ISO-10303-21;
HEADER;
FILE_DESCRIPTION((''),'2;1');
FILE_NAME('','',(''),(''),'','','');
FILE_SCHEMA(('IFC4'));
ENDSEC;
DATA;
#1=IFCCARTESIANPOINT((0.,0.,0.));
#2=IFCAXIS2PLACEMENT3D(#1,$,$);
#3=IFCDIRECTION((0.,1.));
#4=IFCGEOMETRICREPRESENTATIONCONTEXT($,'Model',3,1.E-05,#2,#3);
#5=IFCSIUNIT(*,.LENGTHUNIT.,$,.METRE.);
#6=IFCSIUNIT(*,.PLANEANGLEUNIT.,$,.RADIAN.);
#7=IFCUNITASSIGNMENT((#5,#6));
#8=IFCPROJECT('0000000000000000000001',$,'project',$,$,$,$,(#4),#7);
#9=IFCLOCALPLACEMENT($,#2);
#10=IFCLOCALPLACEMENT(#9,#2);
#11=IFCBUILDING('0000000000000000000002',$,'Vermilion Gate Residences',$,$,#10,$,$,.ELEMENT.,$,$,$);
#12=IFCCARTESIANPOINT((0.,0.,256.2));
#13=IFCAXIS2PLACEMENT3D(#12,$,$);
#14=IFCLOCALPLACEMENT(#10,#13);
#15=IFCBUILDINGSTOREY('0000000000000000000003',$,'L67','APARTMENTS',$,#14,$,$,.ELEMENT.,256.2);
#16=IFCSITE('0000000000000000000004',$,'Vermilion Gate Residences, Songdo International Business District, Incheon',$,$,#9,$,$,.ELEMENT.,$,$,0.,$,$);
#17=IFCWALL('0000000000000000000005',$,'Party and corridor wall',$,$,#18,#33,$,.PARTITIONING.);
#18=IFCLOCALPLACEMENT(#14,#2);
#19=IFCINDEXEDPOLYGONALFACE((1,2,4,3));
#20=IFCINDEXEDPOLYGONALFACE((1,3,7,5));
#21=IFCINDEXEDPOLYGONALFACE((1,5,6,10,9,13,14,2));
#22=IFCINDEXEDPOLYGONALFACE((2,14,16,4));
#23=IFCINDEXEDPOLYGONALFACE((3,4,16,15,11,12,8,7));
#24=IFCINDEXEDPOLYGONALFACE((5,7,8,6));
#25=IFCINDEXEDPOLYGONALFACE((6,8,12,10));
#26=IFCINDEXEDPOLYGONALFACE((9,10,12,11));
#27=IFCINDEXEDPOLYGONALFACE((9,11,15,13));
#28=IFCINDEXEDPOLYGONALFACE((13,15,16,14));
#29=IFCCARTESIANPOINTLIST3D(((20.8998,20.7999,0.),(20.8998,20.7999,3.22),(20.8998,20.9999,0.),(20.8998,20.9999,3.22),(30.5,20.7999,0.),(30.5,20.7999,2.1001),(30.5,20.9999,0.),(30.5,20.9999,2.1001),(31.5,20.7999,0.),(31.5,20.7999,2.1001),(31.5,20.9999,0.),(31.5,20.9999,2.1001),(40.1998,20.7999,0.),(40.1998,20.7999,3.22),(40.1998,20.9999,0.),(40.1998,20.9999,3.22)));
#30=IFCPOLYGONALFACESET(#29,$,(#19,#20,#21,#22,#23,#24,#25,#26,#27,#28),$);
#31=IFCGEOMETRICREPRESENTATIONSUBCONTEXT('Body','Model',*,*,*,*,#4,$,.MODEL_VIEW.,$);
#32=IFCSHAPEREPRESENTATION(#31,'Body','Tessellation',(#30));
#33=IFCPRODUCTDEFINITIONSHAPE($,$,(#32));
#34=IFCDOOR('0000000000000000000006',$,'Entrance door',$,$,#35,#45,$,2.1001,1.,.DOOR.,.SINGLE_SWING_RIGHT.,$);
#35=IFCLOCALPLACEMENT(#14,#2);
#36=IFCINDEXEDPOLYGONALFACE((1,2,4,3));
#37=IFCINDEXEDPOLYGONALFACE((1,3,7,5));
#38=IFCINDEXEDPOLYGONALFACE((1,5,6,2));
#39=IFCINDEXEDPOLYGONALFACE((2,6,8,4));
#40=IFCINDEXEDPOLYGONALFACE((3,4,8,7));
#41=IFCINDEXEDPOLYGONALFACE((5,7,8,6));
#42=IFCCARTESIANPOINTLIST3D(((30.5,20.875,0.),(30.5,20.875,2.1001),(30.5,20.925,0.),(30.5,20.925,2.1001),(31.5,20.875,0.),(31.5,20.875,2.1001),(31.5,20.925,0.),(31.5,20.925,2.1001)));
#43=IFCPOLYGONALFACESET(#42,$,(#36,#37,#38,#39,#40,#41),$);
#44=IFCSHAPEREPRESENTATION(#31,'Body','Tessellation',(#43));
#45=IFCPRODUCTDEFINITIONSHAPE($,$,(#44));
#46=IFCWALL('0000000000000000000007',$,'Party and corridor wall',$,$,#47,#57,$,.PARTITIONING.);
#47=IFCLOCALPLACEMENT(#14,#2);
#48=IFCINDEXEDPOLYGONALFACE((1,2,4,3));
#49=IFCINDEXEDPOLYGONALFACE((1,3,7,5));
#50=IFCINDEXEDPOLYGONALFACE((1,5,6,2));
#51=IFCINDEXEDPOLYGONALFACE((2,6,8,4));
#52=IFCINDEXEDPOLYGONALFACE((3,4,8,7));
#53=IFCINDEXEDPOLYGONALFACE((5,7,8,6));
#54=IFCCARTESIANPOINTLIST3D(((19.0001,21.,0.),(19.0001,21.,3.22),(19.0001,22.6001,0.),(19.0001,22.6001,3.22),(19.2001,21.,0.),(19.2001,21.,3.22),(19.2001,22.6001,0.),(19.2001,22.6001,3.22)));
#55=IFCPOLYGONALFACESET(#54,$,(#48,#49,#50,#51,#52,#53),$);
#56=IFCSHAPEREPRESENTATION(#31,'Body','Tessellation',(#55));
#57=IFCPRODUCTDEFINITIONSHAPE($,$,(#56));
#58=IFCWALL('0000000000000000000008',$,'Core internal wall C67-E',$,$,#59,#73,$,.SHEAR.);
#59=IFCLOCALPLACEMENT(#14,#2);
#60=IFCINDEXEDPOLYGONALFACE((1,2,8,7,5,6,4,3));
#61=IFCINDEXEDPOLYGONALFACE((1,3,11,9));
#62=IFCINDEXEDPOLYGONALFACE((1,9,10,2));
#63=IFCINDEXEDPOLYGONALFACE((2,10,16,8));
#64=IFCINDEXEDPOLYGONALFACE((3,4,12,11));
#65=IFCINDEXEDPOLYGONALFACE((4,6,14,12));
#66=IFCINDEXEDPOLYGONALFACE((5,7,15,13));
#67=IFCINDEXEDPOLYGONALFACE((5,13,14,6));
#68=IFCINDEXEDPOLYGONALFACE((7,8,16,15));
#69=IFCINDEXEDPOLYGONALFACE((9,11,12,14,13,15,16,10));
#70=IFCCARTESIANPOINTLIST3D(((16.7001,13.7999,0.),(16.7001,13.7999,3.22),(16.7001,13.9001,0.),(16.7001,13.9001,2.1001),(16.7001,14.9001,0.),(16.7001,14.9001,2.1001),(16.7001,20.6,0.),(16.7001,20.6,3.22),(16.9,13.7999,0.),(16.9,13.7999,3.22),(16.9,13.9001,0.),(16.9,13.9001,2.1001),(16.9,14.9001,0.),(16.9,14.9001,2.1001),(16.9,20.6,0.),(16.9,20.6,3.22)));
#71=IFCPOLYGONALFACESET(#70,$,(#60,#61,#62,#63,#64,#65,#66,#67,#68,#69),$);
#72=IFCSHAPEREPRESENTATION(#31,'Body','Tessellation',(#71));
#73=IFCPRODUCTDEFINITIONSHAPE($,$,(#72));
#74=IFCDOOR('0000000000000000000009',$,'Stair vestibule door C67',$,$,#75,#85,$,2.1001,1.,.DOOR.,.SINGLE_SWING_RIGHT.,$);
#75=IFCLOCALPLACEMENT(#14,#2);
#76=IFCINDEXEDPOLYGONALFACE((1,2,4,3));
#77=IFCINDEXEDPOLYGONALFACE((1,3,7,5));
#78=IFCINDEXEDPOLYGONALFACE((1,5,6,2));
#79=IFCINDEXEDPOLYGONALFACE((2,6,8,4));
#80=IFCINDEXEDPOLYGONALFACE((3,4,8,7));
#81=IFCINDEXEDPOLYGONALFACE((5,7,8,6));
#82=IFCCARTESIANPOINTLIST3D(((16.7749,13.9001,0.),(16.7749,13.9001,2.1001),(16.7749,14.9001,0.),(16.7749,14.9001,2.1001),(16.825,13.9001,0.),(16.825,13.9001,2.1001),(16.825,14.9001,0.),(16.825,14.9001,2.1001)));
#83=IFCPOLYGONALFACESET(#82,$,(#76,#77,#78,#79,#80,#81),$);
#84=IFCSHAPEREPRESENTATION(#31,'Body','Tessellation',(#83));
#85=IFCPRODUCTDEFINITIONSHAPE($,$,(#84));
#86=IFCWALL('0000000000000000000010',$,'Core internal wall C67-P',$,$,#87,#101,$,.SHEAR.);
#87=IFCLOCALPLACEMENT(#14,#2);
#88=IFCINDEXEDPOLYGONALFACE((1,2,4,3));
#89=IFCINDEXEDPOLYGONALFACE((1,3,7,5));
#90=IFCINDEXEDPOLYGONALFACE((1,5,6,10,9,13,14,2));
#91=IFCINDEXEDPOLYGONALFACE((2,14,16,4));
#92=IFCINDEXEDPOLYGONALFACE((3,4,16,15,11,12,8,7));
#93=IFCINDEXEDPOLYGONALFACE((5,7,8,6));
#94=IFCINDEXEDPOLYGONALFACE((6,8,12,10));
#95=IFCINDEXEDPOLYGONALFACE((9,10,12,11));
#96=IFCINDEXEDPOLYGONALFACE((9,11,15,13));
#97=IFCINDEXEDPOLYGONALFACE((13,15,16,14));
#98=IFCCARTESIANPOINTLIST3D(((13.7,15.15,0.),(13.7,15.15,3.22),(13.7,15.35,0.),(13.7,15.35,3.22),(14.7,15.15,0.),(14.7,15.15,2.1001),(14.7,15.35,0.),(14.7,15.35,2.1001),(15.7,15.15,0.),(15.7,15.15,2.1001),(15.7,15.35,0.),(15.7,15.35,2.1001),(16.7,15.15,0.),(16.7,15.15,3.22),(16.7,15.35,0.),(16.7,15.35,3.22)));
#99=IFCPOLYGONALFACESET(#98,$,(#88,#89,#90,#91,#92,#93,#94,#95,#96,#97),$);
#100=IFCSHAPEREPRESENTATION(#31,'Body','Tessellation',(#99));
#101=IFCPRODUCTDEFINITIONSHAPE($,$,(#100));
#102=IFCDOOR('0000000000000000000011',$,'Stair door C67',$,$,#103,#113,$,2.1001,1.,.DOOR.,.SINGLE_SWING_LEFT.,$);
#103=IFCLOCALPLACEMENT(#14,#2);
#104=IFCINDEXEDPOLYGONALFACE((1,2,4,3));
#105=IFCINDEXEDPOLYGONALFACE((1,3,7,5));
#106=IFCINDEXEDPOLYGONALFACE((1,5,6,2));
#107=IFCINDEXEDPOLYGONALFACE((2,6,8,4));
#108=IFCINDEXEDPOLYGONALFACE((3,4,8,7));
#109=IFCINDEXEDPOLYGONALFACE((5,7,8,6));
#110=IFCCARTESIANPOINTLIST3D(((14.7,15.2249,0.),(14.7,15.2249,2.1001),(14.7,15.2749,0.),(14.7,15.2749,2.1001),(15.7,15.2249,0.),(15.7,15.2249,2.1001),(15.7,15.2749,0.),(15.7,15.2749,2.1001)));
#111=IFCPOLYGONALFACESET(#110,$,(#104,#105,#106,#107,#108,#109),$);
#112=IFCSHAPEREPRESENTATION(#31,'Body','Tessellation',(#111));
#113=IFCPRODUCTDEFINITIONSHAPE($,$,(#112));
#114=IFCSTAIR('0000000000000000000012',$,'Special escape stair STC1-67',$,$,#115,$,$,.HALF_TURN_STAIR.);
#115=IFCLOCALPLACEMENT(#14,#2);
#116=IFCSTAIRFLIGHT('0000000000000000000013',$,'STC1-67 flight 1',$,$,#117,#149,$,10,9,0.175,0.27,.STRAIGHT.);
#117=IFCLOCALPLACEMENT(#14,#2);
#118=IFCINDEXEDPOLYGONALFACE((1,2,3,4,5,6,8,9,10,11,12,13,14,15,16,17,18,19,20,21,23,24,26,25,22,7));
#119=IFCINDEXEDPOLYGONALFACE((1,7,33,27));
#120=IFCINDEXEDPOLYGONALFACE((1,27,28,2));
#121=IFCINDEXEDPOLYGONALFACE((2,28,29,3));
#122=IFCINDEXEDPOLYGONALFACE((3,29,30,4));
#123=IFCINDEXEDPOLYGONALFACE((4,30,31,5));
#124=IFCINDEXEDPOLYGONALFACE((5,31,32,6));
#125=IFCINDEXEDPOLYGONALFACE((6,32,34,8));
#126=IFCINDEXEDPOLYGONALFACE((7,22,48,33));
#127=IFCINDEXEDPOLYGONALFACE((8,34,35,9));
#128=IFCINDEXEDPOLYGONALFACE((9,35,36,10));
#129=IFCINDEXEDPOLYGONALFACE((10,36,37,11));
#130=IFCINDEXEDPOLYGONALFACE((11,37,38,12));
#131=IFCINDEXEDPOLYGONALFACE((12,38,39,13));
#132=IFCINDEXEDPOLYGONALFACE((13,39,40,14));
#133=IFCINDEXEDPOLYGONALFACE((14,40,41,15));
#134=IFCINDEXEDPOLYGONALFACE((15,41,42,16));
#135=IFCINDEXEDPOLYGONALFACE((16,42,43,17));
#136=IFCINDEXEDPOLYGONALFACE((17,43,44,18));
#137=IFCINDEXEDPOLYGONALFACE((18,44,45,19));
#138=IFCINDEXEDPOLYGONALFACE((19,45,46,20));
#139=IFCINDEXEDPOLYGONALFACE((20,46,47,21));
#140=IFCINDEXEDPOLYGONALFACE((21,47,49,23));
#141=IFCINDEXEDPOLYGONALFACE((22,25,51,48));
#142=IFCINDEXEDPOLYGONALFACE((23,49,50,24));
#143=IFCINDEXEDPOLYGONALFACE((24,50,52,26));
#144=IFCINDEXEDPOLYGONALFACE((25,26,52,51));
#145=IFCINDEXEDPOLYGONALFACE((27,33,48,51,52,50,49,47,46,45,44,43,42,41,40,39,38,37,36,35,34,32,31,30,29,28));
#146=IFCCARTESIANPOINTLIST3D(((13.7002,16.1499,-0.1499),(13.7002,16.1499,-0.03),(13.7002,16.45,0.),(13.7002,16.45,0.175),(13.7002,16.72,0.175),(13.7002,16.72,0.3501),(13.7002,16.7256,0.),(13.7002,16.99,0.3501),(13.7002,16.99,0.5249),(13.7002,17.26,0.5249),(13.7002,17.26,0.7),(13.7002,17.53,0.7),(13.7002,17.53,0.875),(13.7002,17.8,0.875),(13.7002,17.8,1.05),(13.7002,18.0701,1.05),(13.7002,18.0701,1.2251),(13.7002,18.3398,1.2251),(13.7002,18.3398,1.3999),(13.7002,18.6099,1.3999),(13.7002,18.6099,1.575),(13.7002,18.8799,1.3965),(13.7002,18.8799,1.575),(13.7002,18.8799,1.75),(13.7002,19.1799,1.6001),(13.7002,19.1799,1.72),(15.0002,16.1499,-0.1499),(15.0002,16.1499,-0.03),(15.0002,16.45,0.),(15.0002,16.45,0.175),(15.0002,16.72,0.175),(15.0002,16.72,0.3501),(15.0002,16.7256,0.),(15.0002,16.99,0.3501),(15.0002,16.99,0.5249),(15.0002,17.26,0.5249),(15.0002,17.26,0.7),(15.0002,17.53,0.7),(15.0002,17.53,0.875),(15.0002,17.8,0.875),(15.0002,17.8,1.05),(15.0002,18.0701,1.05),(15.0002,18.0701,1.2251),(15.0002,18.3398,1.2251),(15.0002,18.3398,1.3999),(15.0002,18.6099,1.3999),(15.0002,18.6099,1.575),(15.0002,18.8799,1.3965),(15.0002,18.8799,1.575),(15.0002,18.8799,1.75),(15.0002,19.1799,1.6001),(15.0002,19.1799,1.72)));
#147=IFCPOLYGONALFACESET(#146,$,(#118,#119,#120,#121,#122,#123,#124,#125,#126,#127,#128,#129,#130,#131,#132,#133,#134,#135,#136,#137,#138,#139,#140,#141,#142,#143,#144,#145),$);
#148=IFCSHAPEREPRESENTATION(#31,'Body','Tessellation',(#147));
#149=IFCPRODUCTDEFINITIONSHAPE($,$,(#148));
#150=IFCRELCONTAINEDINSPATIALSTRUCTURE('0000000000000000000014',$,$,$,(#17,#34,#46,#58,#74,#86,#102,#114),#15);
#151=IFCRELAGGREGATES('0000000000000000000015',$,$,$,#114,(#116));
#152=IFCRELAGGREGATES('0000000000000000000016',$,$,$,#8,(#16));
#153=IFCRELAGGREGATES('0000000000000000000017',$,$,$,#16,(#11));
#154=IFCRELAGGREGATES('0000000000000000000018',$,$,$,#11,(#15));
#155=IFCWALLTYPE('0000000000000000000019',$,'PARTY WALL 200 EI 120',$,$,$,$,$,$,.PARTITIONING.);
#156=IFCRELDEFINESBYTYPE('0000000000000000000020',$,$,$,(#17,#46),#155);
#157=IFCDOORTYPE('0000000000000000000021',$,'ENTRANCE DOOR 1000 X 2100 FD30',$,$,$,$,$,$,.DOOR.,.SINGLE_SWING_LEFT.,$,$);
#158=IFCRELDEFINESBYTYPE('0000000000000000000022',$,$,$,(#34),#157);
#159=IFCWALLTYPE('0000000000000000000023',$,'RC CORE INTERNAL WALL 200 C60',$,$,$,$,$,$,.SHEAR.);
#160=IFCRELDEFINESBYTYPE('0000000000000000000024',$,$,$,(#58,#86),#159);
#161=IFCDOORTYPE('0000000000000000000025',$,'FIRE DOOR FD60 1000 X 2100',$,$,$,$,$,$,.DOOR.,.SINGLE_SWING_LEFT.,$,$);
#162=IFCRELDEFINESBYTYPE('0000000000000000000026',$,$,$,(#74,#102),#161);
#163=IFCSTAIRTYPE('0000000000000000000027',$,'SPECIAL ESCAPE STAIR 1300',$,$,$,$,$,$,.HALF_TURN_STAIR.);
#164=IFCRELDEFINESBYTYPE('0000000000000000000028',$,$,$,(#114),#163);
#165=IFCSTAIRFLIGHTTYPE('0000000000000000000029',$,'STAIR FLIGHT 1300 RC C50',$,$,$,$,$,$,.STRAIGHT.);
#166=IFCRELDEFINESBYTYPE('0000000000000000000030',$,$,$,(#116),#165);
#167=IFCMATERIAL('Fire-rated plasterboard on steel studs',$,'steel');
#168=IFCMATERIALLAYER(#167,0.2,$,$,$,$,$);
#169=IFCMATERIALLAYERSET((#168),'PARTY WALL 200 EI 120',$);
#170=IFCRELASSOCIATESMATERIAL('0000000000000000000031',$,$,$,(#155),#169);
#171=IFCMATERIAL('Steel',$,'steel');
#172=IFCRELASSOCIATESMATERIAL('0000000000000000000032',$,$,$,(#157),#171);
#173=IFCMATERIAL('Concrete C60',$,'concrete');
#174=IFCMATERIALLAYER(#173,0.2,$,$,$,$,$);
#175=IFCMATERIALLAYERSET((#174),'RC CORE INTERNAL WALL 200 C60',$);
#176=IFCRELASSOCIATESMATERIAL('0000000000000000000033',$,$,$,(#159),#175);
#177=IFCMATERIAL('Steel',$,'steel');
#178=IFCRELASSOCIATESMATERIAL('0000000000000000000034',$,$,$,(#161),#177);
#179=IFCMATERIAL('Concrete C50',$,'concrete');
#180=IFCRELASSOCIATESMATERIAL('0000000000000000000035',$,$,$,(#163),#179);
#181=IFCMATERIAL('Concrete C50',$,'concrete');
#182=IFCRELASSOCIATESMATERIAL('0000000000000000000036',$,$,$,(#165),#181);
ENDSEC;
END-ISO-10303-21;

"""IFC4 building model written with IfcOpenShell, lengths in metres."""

from ifc_helpers import new_model, si_unit, direction, frame, frame_2d, origin, place, context, subcontext, project, spatial, polyline, rectangle, outline, extrude, material, layer, layer_set, type_object, element, fill, aggregate, save


model = new_model("IFC4")

# Units and contexts
model_context = context("Model", 3, precision=1e-05, world=origin(), true_north=direction((0.0, 1.0)))
body_context = subcontext(model_context, "Body", "Model", "MODEL_VIEW")
ifc_project = project(units=[si_unit("LENGTHUNIT", "METRE"), si_unit("PLANEANGLEUNIT", "RADIAN")], contexts=[model_context])

# Site, building, storey
site_placement = place(None, origin())
site = spatial("IfcSite", under=ifc_project, at=site_placement, Name="Vermilion Gate Residences, Songdo International Business District, Incheon", CompositionType="ELEMENT", RefElevation=0.0)
building_placement = place(site_placement, origin())
building = spatial("IfcBuilding", under=site, at=building_placement, Name="Vermilion Gate Residences", CompositionType="ELEMENT")
storey_placement = place(building_placement, frame((0.0, 0.0, 256.2)))
storey = spatial("IfcBuildingStorey", under=building, at=storey_placement, Name="L67", Description="APARTMENTS", CompositionType="ELEMENT", Elevation=256.2)

# Wall, opening, door
ifc_material_1 = material(Name="Fire-rated plasterboard on steel studs", Category="steel")
ifc_layer_1 = layer(ifc_material_1, 0.2)
ifc_layer_set_1 = layer_set([ifc_layer_1], Name="PARTY WALL 200 EI 120")
wall_type_1 = type_object("IfcWallType", Name="PARTY WALL 200 EI 120", PredefinedType="PARTITIONING", material=ifc_layer_set_1)
ifc_material_2 = material(Name="Steel", Category="steel")
door_type_1 = type_object("IfcDoorType", Name="ENTRANCE DOOR 1000 X 2100 FD30", OperationType="SINGLE_SWING_LEFT", PredefinedType="DOOR", material=ifc_material_2)
wall_1_placement = place(storey_placement, frame((20.8999, 20.8999, 0.0), z_axis=(0.0, 0.0, 1.0), x_axis=(1.0, 0.0, 0.0)))
wall_1 = element("IfcWall", 1, at=wall_1_placement, inside=storey, type_object=wall_type_1, Name="Party and corridor wall", PredefinedType="PARTITIONING", context=body_context, shape_type="SweptSolid", body=[
    extrude(rectangle(XDim=19.3, YDim=0.2, at=frame_2d((9.6499, 0.0))), origin(), (0.0, 0.0, 1.0), 3.22),
])
opening_1_placement = place(wall_1_placement, frame((9.6001, 0.0, 0.0)))
opening_1 = element("IfcOpeningElement", 2, at=opening_1_placement, cuts=wall_1, PredefinedType="OPENING", context=body_context, shape_type="SweptSolid", body=[
    extrude(rectangle(XDim=1.0, YDim=2.1001, at=frame_2d((0.5, 1.05))), frame((0.0, 0.1099, 0.0), z_axis=(0.0, -1.0, 0.0), x_axis=(1.0, 0.0, 0.0)), (0.0, 0.0, 1.0), 0.22),
])
door_1_placement = place(opening_1_placement, frame((1.0, 0.0, 0.0), z_axis=(0.0, 0.0, 1.0), x_axis=(-1.0, 0.0, 0.0)))
door_1 = element("IfcDoor", 3, at=door_1_placement, inside=storey, type_object=door_type_1, Name="Entrance door", OperationType="SINGLE_SWING_RIGHT", OverallHeight=2.1001, OverallWidth=1.0, PredefinedType="DOOR", context=body_context, shape_type="SweptSolid", body=[
    extrude(rectangle(XDim=1.0, YDim=2.1001, at=frame_2d((0.5, 1.05))), frame((0.0, 0.0249, 0.0), z_axis=(0.0, -1.0, 0.0), x_axis=(1.0, 0.0, 0.0)), (0.0, 0.0, 1.0), 0.05),
])
fill(opening_1, door_1)

# Wall
wall_2_placement = place(storey_placement, frame((19.1001, 21.0, 0.0), z_axis=(0.0, 0.0, 1.0), x_axis=(0.0, 1.0, 0.0)))
element("IfcWall", 4, at=wall_2_placement, inside=storey, type_object=wall_type_1, Name="Party and corridor wall", PredefinedType="PARTITIONING", context=body_context, shape_type="SweptSolid", body=[
    extrude(rectangle(XDim=1.6001, YDim=0.2, at=frame_2d((0.8, 0.0))), origin(), (0.0, 0.0, 1.0), 3.22),
])

# Walls, openings, doors
ifc_material_3 = material(Name="Concrete C60", Category="concrete")
ifc_layer_2 = layer(ifc_material_3, 0.2)
ifc_layer_set_2 = layer_set([ifc_layer_2], Name="RC CORE INTERNAL WALL 200 C60")
wall_type_2 = type_object("IfcWallType", Name="RC CORE INTERNAL WALL 200 C60", PredefinedType="SHEAR", material=ifc_layer_set_2)
wall_3_placement = place(storey_placement, frame((16.8, 13.8, 0.0), z_axis=(0.0, 0.0, 1.0), x_axis=(0.0, 1.0, 0.0)))
wall_3 = element("IfcWall", 5, at=wall_3_placement, inside=storey, type_object=wall_type_2, Name="Core internal wall C67-E", PredefinedType="SHEAR", context=body_context, shape_type="SweptSolid", body=[
    extrude(rectangle(XDim=6.8, YDim=0.2, at=frame_2d((3.3999, 0.0))), origin(), (0.0, 0.0, 1.0), 3.22),
])
opening_2_placement = place(wall_3_placement, frame((0.1001, 0.0, 0.0)))
opening_2 = element("IfcOpeningElement", 6, at=opening_2_placement, cuts=wall_3, PredefinedType="OPENING", context=body_context, shape_type="SweptSolid", body=[
    extrude(rectangle(XDim=1.0, YDim=2.1001, at=frame_2d((0.5, 1.05))), frame((0.0, 0.1099, 0.0), z_axis=(0.0, -1.0, 0.0), x_axis=(1.0, 0.0, 0.0)), (0.0, 0.0, 1.0), 0.22),
])
ifc_material_4 = material(Name="Steel", Category="steel")
door_type_2 = type_object("IfcDoorType", Name="FIRE DOOR FD60 1000 X 2100", OperationType="SINGLE_SWING_LEFT", PredefinedType="DOOR", material=ifc_material_4)
door_2_placement = place(opening_2_placement, frame((1.0, 0.0, 0.0), z_axis=(0.0, 0.0, 1.0), x_axis=(-1.0, 0.0, 0.0)))
door_2 = element("IfcDoor", 7, at=door_2_placement, inside=storey, type_object=door_type_2, Name="Stair vestibule door C67", OperationType="SINGLE_SWING_RIGHT", OverallHeight=2.1001, OverallWidth=1.0, PredefinedType="DOOR", context=body_context, shape_type="SweptSolid", body=[
    extrude(rectangle(XDim=1.0, YDim=2.1001, at=frame_2d((0.5, 1.05))), frame((0.0, 0.0249, 0.0), z_axis=(0.0, -1.0, 0.0), x_axis=(1.0, 0.0, 0.0)), (0.0, 0.0, 1.0), 0.05),
])
fill(opening_2, door_2)
wall_4_placement = place(storey_placement, frame((13.7, 15.25, 0.0), z_axis=(0.0, 0.0, 1.0), x_axis=(1.0, 0.0, 0.0)))
wall_4 = element("IfcWall", 8, at=wall_4_placement, inside=storey, type_object=wall_type_2, Name="Core internal wall C67-P", PredefinedType="SHEAR", context=body_context, shape_type="SweptSolid", body=[
    extrude(rectangle(XDim=3.0, YDim=0.2, at=frame_2d((1.5, 0.0))), origin(), (0.0, 0.0, 1.0), 3.22),
])
opening_3_placement = place(wall_4_placement, frame((1.0, 0.0, 0.0)))
opening_3 = element("IfcOpeningElement", 9, at=opening_3_placement, cuts=wall_4, PredefinedType="OPENING", context=body_context, shape_type="SweptSolid", body=[
    extrude(rectangle(XDim=1.0, YDim=2.1001, at=frame_2d((0.5, 1.05))), frame((0.0, 0.1099, 0.0), z_axis=(0.0, -1.0, 0.0), x_axis=(1.0, 0.0, 0.0)), (0.0, 0.0, 1.0), 0.22),
])
door_3_placement = place(opening_3_placement, origin())
door_3 = element("IfcDoor", 10, at=door_3_placement, inside=storey, type_object=door_type_2, Name="Stair door C67", OperationType="SINGLE_SWING_LEFT", OverallHeight=2.1001, OverallWidth=1.0, PredefinedType="DOOR", context=body_context, shape_type="SweptSolid", body=[
    extrude(rectangle(XDim=1.0, YDim=2.1001, at=frame_2d((0.5, 1.05))), frame((0.0, 0.0249, 0.0), z_axis=(0.0, -1.0, 0.0), x_axis=(1.0, 0.0, 0.0)), (0.0, 0.0, 1.0), 0.05),
])
fill(opening_3, door_3)

# Stair, stair flight
ifc_material_5 = material(Name="Concrete C50", Category="concrete")
stair_type = type_object("IfcStairType", Name="SPECIAL ESCAPE STAIR 1300", PredefinedType="HALF_TURN_STAIR", material=ifc_material_5)
stair_placement = place(storey_placement, origin())
stair = element("IfcStair", 11, at=stair_placement, inside=storey, type_object=stair_type, Name="Special escape stair STC1-67", PredefinedType="HALF_TURN_STAIR")
ifc_material_6 = material(Name="Concrete C50", Category="concrete")
stair_flight_type = type_object("IfcStairFlightType", Name="STAIR FLIGHT 1300 RC C50", PredefinedType="STRAIGHT", material=ifc_material_6)
stair_flight_1_placement = place(storey_placement, frame((14.3501, 16.45, 0.0), z_axis=(0.0, 0.0, 1.0), x_axis=(0.0, 1.0, 0.0)))
stair_flight_1 = element("IfcStairFlight", 12, at=stair_flight_1_placement, type_object=stair_flight_type, Name="STC1-67 flight 1", NumberOfRisers=10, NumberOfTreads=9, PredefinedType="STRAIGHT", RiserHeight=0.175, TreadLength=0.27, context=body_context, shape_type="SweptSolid", body=[
    extrude(outline(polyline([(-0.3, -0.1499), (-0.3, -0.03), (0.0, 0.0), (0.0, 0.175), (0.27, 0.175), (0.27, 0.3501), (0.54, 0.3501), (0.54, 0.5249), (0.8101, 0.5249), (0.8101, 0.7), (1.0801, 0.7), (1.0801, 0.875), (1.3501, 0.875), (1.3501, 1.05), (1.6201, 1.05), (1.6201, 1.2251), (1.8899, 1.2251), (1.8899, 1.3999), (2.1599, 1.3999), (2.1599, 1.575), (2.4299, 1.575), (2.4299, 1.75), (2.73, 1.72), (2.73, 1.6001), (2.4299, 1.3965), (0.2756, 0.0), (-0.3, -0.1499)])), frame((0.0, 0.6499, 0.0), z_axis=(0.0, -1.0, 0.0), x_axis=(1.0, 0.0, 0.0)), (0.0, 0.0, 1.0), 1.3),
])
aggregate(stair, [stair_flight_1])

save(model, "model.ifc")
